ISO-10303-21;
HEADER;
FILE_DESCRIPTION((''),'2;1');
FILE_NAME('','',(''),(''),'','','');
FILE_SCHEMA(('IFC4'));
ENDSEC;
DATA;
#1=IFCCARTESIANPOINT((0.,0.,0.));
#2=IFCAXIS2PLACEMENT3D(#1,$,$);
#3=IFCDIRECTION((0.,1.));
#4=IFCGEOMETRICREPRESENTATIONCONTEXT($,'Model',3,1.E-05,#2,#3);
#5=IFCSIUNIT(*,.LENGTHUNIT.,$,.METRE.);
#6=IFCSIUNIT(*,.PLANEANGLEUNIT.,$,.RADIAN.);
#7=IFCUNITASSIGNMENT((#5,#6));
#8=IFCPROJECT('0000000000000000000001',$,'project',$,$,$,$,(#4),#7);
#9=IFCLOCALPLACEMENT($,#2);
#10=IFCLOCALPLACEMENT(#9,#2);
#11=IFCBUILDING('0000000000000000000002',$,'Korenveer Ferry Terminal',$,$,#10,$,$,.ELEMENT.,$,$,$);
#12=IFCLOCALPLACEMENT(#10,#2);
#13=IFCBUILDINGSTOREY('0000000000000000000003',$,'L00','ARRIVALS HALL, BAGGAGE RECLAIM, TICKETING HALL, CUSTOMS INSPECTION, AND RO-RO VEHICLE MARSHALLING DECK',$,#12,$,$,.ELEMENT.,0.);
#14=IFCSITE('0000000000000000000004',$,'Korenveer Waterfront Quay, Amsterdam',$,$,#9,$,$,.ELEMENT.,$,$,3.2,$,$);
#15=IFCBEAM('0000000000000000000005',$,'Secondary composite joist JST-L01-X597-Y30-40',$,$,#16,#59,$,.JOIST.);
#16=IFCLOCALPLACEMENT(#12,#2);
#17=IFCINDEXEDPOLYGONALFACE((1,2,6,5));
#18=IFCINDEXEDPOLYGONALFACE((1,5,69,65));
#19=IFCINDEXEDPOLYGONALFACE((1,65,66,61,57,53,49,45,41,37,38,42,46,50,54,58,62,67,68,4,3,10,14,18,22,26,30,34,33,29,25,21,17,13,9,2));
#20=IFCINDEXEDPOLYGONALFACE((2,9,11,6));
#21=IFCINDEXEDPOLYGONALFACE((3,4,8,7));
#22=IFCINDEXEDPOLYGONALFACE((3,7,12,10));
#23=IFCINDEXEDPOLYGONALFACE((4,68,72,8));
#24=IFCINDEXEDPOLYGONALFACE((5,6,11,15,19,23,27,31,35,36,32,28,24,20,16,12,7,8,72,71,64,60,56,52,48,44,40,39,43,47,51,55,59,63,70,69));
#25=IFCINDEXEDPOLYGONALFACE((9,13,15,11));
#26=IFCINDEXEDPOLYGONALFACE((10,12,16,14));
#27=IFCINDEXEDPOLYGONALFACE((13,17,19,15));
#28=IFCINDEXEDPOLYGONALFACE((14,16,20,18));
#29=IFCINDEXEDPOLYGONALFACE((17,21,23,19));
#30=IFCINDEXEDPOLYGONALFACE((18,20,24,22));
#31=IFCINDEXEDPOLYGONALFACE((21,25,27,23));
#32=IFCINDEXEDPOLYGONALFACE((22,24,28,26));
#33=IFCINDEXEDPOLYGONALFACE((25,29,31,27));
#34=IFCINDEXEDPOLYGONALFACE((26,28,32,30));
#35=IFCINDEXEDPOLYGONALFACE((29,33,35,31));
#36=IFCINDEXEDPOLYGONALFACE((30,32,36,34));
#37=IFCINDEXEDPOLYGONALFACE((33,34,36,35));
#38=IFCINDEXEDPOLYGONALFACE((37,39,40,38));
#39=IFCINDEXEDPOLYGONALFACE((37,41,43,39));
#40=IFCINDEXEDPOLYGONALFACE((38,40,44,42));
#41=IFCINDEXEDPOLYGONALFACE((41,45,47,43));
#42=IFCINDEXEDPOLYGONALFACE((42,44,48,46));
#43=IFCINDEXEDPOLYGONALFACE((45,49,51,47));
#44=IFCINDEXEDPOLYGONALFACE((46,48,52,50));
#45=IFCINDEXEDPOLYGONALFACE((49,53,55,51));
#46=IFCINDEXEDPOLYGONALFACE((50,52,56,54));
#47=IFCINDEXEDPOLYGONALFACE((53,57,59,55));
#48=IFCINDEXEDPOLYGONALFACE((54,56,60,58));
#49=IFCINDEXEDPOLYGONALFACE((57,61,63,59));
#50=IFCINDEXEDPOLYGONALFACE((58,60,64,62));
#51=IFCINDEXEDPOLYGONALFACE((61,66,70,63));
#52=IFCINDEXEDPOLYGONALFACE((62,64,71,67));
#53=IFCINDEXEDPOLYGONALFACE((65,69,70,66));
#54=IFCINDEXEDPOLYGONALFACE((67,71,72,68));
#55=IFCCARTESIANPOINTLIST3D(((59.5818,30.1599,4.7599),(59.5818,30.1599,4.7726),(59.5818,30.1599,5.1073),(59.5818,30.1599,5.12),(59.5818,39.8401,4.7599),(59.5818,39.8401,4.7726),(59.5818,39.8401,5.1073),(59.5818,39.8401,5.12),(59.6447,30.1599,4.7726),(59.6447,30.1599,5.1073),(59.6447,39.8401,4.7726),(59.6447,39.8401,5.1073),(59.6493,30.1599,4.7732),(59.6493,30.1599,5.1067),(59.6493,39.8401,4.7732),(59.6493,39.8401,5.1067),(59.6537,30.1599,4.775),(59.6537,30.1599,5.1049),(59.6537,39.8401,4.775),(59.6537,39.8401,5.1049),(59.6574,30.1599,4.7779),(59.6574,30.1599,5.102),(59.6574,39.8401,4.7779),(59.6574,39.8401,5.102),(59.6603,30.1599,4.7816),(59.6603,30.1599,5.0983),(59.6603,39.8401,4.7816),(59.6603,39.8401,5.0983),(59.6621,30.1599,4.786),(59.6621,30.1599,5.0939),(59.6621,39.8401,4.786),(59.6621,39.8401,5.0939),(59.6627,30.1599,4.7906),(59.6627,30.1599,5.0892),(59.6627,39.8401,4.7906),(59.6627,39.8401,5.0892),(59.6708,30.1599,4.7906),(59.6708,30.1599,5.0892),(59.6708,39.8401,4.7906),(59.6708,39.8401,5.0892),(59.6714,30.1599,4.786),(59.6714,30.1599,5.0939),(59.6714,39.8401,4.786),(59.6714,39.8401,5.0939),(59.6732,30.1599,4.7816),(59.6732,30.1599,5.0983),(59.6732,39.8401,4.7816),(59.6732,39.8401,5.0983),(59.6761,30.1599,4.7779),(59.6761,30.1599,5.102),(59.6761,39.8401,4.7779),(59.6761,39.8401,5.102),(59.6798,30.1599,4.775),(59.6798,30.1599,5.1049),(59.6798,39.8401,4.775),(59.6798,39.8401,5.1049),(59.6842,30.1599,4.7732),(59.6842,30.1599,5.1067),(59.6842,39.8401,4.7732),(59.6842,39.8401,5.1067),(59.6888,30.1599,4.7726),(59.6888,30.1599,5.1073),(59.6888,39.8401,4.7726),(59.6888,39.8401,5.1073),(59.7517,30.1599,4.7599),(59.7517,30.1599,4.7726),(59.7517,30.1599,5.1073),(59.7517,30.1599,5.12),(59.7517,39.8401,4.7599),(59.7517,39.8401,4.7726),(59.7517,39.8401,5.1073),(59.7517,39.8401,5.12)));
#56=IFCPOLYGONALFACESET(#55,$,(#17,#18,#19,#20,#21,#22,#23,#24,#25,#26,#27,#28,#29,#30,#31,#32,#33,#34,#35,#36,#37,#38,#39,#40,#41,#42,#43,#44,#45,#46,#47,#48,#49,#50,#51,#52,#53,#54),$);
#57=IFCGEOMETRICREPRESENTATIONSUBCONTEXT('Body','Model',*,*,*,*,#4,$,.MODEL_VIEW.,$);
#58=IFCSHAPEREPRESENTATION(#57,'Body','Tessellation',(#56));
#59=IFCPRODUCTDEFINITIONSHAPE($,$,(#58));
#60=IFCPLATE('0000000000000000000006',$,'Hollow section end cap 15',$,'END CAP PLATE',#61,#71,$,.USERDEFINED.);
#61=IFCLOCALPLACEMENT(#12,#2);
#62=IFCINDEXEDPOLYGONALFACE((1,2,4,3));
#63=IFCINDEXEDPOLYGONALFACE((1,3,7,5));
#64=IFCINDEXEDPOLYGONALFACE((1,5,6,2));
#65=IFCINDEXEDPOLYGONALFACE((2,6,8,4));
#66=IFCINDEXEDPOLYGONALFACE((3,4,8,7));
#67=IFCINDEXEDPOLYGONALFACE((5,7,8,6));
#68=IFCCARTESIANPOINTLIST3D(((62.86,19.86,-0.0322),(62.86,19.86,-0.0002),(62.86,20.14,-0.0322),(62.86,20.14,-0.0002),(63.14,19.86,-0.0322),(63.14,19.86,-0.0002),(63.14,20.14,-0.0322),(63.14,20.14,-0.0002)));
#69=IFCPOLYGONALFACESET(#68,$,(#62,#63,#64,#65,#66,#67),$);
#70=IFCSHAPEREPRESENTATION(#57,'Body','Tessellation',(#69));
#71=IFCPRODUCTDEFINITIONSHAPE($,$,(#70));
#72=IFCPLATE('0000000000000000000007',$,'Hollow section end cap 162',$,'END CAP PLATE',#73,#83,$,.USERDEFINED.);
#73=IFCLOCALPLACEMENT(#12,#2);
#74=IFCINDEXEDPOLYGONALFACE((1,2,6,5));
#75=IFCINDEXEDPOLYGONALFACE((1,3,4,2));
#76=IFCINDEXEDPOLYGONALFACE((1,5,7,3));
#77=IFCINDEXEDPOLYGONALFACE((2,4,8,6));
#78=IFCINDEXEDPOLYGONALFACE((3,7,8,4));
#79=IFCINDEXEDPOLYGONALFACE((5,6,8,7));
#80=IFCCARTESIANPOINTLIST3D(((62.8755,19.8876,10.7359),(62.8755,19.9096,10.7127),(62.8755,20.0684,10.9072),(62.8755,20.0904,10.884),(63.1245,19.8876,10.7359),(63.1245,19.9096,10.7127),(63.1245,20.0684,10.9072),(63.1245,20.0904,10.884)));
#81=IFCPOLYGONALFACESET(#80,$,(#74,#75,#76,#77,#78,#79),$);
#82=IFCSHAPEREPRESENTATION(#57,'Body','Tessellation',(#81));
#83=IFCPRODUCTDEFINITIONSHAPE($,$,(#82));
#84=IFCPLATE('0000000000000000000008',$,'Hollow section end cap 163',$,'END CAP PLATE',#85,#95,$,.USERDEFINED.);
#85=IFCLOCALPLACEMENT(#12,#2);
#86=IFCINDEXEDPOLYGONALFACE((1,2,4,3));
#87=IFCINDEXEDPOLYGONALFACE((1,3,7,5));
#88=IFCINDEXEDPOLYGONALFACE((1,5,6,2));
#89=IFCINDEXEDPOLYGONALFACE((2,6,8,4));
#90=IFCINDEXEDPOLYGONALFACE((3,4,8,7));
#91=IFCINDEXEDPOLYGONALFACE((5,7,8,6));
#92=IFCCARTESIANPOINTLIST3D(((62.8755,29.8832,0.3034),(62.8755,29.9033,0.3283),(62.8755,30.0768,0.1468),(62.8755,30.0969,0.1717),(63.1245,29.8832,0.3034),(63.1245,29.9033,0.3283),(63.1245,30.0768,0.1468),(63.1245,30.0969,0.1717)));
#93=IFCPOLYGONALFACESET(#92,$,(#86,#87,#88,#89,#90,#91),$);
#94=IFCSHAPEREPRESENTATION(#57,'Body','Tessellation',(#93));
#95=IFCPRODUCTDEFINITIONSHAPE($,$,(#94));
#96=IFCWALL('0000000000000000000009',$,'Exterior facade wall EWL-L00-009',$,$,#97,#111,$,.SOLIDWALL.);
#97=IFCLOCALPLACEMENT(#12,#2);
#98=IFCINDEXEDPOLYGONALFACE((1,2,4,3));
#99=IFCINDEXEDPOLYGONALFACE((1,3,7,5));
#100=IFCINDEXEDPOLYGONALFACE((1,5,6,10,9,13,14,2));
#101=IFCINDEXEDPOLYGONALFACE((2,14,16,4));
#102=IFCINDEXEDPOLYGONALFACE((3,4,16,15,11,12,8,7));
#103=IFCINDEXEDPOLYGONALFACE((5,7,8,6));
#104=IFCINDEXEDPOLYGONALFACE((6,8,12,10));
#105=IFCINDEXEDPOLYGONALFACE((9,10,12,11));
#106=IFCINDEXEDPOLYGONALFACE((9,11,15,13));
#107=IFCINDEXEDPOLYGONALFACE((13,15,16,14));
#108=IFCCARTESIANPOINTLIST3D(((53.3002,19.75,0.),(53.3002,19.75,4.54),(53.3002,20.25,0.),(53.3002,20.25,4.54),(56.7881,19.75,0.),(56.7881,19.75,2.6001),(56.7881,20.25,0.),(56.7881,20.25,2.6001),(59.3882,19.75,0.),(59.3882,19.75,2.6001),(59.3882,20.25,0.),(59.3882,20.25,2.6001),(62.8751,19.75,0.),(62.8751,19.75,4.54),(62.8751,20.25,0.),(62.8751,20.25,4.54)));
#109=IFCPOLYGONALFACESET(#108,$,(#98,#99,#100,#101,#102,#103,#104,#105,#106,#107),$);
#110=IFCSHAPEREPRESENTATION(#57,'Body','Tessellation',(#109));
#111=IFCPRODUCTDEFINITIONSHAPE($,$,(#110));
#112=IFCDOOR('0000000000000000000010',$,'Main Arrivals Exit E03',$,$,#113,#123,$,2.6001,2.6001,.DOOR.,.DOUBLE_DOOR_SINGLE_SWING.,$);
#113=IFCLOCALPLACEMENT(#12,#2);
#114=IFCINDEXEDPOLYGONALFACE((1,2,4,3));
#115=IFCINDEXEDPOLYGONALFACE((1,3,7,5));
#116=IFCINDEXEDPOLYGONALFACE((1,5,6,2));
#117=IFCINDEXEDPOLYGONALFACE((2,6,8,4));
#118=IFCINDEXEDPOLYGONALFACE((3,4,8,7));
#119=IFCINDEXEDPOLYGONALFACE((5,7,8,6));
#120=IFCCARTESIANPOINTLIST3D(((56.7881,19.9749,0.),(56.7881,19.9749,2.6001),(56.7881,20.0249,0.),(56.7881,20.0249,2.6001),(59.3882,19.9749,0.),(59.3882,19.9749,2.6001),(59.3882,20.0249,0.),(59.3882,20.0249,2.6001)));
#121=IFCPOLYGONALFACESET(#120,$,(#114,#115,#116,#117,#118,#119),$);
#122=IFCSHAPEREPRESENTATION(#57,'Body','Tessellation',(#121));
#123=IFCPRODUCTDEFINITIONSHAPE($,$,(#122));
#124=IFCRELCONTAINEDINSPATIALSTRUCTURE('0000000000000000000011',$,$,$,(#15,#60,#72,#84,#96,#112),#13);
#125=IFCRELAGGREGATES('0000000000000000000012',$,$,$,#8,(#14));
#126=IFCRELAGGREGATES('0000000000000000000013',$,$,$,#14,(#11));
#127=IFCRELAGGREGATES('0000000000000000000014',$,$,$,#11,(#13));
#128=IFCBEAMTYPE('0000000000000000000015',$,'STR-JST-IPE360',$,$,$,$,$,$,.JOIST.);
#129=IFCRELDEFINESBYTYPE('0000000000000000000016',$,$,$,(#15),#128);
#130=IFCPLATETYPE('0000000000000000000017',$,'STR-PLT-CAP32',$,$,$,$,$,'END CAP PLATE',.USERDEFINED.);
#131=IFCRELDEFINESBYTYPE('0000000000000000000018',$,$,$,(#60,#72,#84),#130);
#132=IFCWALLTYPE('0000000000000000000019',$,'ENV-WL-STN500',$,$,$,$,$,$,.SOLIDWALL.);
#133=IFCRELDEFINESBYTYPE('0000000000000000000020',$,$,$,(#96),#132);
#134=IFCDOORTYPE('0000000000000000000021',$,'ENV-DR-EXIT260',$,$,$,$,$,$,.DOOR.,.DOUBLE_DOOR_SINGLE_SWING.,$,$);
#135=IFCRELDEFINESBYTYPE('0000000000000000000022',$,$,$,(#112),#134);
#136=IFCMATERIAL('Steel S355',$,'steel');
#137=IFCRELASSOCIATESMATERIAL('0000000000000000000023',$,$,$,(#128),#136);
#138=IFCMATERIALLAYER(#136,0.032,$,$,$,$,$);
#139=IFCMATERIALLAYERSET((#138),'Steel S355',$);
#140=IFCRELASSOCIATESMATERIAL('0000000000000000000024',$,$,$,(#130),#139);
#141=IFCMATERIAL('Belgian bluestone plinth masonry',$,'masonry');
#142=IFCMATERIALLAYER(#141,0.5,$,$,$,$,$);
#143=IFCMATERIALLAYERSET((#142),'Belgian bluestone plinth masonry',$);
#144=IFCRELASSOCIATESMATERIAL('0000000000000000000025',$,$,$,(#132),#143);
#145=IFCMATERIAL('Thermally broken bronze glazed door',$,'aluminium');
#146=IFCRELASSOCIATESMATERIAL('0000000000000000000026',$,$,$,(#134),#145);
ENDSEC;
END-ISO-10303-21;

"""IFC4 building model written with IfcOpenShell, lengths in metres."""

from ifc_helpers import new_model, si_unit, direction, frame, frame_2d, origin, origin_2d, place, context, subcontext, project, spatial, rectangle, i_section, extrude, material, layer, layer_set, material_profile, profile_set, type_object, element, fill, save


model = new_model("IFC4")

# Units and contexts
model_context = context("Model", 3, precision=1e-05, world=origin(), true_north=direction((0.0, 1.0)))
body_context = subcontext(model_context, "Body", "Model", "MODEL_VIEW")
ifc_project = project(units=[si_unit("LENGTHUNIT", "METRE"), si_unit("PLANEANGLEUNIT", "RADIAN")], contexts=[model_context])

# Site, building, storey
site_placement = place(None, origin())
site = spatial("IfcSite", under=ifc_project, at=site_placement, Name="Korenveer Waterfront Quay, Amsterdam", CompositionType="ELEMENT", RefElevation=3.2)
building_placement = place(site_placement, origin())
building = spatial("IfcBuilding", under=site, at=building_placement, Name="Korenveer Ferry Terminal", CompositionType="ELEMENT")
storey_placement = place(building_placement, origin())
storey = spatial("IfcBuildingStorey", under=building, at=storey_placement, Name="L00", Description="ARRIVALS HALL, BAGGAGE RECLAIM, TICKETING HALL, CUSTOMS INSPECTION, AND RO-RO VEHICLE MARSHALLING DECK", CompositionType="ELEMENT", Elevation=0.0)

# Shared definitions
ifc_material_1 = material(Name="Steel S355", Category="steel")

# Beam
ifc_material_profile_1 = material_profile(ifc_material_1, i_section(OverallWidth=0.1699, OverallDepth=0.3601, WebThickness=0.0081, FlangeThickness=0.0127, FilletRadius=0.0181, at=origin_2d()), Name="IPE 360")
ifc_profile_set_1 = profile_set([ifc_material_profile_1], Name="Steel S355")
beam_type_1 = type_object("IfcBeamType", Name="STR-JST-IPE360", PredefinedType="JOIST", material=ifc_profile_set_1)
for number, where, z_axis, x_axis, name in (
    (1, (59.6667, 30.1599, 4.9399), (0.0, 1.0, 0.0), (-1.0, 0.0, 0.0), "Secondary composite joist JST-L01-X597-Y30-40"),
):
    element("IfcBeam", number, at=place(storey_placement, frame(where, z_axis=z_axis, x_axis=x_axis)), inside=storey, type_object=beam_type_1, Name=name, PredefinedType="JOIST", context=body_context, shape_type="SweptSolid", body=[
        extrude(i_section(OverallWidth=0.1699, OverallDepth=0.3601, WebThickness=0.0081, FlangeThickness=0.0127, FilletRadius=0.0181, at=origin_2d()), origin(), (0.0, 0.0, 1.0), 9.6802),
    ])

# Plates
ifc_layer_1 = layer(ifc_material_1, 0.032)
ifc_layer_set_1 = layer_set([ifc_layer_1], Name="Steel S355")
plate_type = type_object("IfcPlateType", Name="STR-PLT-CAP32", ElementType="END CAP PLATE", PredefinedType="USERDEFINED", material=ifc_layer_set_1)
plate_placement = place(storey_placement, frame((63.0, 20.0, -0.0322), z_axis=(0.0, 0.0, 1.0), x_axis=(1.0, 0.0, 0.0)))
element("IfcPlate", 2, at=plate_placement, inside=storey, type_object=plate_type, Name="Hollow section end cap 15", ObjectType="END CAP PLATE", PredefinedType="USERDEFINED", context=body_context, shape_type="SweptSolid", body=[
    extrude(rectangle(XDim=0.28, YDim=0.28, at=origin_2d()), origin(), (0.0, 0.0, 1.0), 0.032),
])
for number, where, z_axis, x_axis, name in (
    (3, (63.0, 20.0, 10.7983), (0.0, -0.687992, 0.725718), (1.0, 0.0, 0.0), "Hollow section end cap 162"),
    (4, (63.0, 29.98, 0.2251), (0.0, 0.628848, 0.777528), (-1.0, 0.0, 0.0), "Hollow section end cap 163"),
):
    element("IfcPlate", number, at=place(storey_placement, frame(where, z_axis=z_axis, x_axis=x_axis)), inside=storey, type_object=plate_type, Name=name, ObjectType="END CAP PLATE", PredefinedType="USERDEFINED", context=body_context, shape_type="SweptSolid", body=[
        extrude(rectangle(XDim=0.249, YDim=0.249, at=origin_2d()), origin(), (0.0, 0.0, 1.0), 0.032),
    ])

# Wall, opening, door
ifc_material_2 = material(Name="Belgian bluestone plinth masonry", Category="masonry")
ifc_layer_2 = layer(ifc_material_2, 0.5)
ifc_layer_set_2 = layer_set([ifc_layer_2], Name="Belgian bluestone plinth masonry")
wall_type = type_object("IfcWallType", Name="ENV-WL-STN500", PredefinedType="SOLIDWALL", material=ifc_layer_set_2)
wall_placement = place(storey_placement, frame((53.3, 20.0, 0.0), z_axis=(0.0, 0.0, 1.0), x_axis=(1.0, 0.0, 0.0)))
wall = element("IfcWall", 5, at=wall_placement, inside=storey, type_object=wall_type, Name="Exterior facade wall EWL-L00-009", PredefinedType="SOLIDWALL", context=body_context, shape_type="SweptSolid", body=[
    extrude(rectangle(XDim=9.575, YDim=0.5, at=frame_2d((4.7876, 0.0))), origin(), (0.0, 0.0, 1.0), 4.54),
])
opening_placement = place(wall_placement, frame((3.488, 0.0, 0.0)))
opening = element("IfcOpeningElement", 6, at=opening_placement, cuts=wall, PredefinedType="OPENING", context=body_context, shape_type="SweptSolid", body=[
    extrude(rectangle(XDim=2.6001, YDim=2.6001, at=frame_2d((1.3, 1.3))), frame((0.0, 0.26, 0.0), z_axis=(0.0, -1.0, 0.0), x_axis=(1.0, 0.0, 0.0)), (0.0, 0.0, 1.0), 0.52),
])
ifc_material_3 = material(Name="Thermally broken bronze glazed door", Category="aluminium")
door_type = type_object("IfcDoorType", Name="ENV-DR-EXIT260", OperationType="DOUBLE_DOOR_SINGLE_SWING", PredefinedType="DOOR", material=ifc_material_3)
door_placement = place(opening_placement, origin())
door = element("IfcDoor", 7, at=door_placement, inside=storey, type_object=door_type, Name="Main Arrivals Exit E03", OperationType="DOUBLE_DOOR_SINGLE_SWING", OverallHeight=2.6001, OverallWidth=2.6001, PredefinedType="DOOR", context=body_context, shape_type="SweptSolid", body=[
    extrude(rectangle(XDim=2.6001, YDim=2.6001, at=frame_2d((1.3, 1.3))), frame((0.0, 0.0249, 0.0), z_axis=(0.0, -1.0, 0.0), x_axis=(1.0, 0.0, 0.0)), (0.0, 0.0, 1.0), 0.05),
])
fill(opening, door)

save(model, "model.ifc")
